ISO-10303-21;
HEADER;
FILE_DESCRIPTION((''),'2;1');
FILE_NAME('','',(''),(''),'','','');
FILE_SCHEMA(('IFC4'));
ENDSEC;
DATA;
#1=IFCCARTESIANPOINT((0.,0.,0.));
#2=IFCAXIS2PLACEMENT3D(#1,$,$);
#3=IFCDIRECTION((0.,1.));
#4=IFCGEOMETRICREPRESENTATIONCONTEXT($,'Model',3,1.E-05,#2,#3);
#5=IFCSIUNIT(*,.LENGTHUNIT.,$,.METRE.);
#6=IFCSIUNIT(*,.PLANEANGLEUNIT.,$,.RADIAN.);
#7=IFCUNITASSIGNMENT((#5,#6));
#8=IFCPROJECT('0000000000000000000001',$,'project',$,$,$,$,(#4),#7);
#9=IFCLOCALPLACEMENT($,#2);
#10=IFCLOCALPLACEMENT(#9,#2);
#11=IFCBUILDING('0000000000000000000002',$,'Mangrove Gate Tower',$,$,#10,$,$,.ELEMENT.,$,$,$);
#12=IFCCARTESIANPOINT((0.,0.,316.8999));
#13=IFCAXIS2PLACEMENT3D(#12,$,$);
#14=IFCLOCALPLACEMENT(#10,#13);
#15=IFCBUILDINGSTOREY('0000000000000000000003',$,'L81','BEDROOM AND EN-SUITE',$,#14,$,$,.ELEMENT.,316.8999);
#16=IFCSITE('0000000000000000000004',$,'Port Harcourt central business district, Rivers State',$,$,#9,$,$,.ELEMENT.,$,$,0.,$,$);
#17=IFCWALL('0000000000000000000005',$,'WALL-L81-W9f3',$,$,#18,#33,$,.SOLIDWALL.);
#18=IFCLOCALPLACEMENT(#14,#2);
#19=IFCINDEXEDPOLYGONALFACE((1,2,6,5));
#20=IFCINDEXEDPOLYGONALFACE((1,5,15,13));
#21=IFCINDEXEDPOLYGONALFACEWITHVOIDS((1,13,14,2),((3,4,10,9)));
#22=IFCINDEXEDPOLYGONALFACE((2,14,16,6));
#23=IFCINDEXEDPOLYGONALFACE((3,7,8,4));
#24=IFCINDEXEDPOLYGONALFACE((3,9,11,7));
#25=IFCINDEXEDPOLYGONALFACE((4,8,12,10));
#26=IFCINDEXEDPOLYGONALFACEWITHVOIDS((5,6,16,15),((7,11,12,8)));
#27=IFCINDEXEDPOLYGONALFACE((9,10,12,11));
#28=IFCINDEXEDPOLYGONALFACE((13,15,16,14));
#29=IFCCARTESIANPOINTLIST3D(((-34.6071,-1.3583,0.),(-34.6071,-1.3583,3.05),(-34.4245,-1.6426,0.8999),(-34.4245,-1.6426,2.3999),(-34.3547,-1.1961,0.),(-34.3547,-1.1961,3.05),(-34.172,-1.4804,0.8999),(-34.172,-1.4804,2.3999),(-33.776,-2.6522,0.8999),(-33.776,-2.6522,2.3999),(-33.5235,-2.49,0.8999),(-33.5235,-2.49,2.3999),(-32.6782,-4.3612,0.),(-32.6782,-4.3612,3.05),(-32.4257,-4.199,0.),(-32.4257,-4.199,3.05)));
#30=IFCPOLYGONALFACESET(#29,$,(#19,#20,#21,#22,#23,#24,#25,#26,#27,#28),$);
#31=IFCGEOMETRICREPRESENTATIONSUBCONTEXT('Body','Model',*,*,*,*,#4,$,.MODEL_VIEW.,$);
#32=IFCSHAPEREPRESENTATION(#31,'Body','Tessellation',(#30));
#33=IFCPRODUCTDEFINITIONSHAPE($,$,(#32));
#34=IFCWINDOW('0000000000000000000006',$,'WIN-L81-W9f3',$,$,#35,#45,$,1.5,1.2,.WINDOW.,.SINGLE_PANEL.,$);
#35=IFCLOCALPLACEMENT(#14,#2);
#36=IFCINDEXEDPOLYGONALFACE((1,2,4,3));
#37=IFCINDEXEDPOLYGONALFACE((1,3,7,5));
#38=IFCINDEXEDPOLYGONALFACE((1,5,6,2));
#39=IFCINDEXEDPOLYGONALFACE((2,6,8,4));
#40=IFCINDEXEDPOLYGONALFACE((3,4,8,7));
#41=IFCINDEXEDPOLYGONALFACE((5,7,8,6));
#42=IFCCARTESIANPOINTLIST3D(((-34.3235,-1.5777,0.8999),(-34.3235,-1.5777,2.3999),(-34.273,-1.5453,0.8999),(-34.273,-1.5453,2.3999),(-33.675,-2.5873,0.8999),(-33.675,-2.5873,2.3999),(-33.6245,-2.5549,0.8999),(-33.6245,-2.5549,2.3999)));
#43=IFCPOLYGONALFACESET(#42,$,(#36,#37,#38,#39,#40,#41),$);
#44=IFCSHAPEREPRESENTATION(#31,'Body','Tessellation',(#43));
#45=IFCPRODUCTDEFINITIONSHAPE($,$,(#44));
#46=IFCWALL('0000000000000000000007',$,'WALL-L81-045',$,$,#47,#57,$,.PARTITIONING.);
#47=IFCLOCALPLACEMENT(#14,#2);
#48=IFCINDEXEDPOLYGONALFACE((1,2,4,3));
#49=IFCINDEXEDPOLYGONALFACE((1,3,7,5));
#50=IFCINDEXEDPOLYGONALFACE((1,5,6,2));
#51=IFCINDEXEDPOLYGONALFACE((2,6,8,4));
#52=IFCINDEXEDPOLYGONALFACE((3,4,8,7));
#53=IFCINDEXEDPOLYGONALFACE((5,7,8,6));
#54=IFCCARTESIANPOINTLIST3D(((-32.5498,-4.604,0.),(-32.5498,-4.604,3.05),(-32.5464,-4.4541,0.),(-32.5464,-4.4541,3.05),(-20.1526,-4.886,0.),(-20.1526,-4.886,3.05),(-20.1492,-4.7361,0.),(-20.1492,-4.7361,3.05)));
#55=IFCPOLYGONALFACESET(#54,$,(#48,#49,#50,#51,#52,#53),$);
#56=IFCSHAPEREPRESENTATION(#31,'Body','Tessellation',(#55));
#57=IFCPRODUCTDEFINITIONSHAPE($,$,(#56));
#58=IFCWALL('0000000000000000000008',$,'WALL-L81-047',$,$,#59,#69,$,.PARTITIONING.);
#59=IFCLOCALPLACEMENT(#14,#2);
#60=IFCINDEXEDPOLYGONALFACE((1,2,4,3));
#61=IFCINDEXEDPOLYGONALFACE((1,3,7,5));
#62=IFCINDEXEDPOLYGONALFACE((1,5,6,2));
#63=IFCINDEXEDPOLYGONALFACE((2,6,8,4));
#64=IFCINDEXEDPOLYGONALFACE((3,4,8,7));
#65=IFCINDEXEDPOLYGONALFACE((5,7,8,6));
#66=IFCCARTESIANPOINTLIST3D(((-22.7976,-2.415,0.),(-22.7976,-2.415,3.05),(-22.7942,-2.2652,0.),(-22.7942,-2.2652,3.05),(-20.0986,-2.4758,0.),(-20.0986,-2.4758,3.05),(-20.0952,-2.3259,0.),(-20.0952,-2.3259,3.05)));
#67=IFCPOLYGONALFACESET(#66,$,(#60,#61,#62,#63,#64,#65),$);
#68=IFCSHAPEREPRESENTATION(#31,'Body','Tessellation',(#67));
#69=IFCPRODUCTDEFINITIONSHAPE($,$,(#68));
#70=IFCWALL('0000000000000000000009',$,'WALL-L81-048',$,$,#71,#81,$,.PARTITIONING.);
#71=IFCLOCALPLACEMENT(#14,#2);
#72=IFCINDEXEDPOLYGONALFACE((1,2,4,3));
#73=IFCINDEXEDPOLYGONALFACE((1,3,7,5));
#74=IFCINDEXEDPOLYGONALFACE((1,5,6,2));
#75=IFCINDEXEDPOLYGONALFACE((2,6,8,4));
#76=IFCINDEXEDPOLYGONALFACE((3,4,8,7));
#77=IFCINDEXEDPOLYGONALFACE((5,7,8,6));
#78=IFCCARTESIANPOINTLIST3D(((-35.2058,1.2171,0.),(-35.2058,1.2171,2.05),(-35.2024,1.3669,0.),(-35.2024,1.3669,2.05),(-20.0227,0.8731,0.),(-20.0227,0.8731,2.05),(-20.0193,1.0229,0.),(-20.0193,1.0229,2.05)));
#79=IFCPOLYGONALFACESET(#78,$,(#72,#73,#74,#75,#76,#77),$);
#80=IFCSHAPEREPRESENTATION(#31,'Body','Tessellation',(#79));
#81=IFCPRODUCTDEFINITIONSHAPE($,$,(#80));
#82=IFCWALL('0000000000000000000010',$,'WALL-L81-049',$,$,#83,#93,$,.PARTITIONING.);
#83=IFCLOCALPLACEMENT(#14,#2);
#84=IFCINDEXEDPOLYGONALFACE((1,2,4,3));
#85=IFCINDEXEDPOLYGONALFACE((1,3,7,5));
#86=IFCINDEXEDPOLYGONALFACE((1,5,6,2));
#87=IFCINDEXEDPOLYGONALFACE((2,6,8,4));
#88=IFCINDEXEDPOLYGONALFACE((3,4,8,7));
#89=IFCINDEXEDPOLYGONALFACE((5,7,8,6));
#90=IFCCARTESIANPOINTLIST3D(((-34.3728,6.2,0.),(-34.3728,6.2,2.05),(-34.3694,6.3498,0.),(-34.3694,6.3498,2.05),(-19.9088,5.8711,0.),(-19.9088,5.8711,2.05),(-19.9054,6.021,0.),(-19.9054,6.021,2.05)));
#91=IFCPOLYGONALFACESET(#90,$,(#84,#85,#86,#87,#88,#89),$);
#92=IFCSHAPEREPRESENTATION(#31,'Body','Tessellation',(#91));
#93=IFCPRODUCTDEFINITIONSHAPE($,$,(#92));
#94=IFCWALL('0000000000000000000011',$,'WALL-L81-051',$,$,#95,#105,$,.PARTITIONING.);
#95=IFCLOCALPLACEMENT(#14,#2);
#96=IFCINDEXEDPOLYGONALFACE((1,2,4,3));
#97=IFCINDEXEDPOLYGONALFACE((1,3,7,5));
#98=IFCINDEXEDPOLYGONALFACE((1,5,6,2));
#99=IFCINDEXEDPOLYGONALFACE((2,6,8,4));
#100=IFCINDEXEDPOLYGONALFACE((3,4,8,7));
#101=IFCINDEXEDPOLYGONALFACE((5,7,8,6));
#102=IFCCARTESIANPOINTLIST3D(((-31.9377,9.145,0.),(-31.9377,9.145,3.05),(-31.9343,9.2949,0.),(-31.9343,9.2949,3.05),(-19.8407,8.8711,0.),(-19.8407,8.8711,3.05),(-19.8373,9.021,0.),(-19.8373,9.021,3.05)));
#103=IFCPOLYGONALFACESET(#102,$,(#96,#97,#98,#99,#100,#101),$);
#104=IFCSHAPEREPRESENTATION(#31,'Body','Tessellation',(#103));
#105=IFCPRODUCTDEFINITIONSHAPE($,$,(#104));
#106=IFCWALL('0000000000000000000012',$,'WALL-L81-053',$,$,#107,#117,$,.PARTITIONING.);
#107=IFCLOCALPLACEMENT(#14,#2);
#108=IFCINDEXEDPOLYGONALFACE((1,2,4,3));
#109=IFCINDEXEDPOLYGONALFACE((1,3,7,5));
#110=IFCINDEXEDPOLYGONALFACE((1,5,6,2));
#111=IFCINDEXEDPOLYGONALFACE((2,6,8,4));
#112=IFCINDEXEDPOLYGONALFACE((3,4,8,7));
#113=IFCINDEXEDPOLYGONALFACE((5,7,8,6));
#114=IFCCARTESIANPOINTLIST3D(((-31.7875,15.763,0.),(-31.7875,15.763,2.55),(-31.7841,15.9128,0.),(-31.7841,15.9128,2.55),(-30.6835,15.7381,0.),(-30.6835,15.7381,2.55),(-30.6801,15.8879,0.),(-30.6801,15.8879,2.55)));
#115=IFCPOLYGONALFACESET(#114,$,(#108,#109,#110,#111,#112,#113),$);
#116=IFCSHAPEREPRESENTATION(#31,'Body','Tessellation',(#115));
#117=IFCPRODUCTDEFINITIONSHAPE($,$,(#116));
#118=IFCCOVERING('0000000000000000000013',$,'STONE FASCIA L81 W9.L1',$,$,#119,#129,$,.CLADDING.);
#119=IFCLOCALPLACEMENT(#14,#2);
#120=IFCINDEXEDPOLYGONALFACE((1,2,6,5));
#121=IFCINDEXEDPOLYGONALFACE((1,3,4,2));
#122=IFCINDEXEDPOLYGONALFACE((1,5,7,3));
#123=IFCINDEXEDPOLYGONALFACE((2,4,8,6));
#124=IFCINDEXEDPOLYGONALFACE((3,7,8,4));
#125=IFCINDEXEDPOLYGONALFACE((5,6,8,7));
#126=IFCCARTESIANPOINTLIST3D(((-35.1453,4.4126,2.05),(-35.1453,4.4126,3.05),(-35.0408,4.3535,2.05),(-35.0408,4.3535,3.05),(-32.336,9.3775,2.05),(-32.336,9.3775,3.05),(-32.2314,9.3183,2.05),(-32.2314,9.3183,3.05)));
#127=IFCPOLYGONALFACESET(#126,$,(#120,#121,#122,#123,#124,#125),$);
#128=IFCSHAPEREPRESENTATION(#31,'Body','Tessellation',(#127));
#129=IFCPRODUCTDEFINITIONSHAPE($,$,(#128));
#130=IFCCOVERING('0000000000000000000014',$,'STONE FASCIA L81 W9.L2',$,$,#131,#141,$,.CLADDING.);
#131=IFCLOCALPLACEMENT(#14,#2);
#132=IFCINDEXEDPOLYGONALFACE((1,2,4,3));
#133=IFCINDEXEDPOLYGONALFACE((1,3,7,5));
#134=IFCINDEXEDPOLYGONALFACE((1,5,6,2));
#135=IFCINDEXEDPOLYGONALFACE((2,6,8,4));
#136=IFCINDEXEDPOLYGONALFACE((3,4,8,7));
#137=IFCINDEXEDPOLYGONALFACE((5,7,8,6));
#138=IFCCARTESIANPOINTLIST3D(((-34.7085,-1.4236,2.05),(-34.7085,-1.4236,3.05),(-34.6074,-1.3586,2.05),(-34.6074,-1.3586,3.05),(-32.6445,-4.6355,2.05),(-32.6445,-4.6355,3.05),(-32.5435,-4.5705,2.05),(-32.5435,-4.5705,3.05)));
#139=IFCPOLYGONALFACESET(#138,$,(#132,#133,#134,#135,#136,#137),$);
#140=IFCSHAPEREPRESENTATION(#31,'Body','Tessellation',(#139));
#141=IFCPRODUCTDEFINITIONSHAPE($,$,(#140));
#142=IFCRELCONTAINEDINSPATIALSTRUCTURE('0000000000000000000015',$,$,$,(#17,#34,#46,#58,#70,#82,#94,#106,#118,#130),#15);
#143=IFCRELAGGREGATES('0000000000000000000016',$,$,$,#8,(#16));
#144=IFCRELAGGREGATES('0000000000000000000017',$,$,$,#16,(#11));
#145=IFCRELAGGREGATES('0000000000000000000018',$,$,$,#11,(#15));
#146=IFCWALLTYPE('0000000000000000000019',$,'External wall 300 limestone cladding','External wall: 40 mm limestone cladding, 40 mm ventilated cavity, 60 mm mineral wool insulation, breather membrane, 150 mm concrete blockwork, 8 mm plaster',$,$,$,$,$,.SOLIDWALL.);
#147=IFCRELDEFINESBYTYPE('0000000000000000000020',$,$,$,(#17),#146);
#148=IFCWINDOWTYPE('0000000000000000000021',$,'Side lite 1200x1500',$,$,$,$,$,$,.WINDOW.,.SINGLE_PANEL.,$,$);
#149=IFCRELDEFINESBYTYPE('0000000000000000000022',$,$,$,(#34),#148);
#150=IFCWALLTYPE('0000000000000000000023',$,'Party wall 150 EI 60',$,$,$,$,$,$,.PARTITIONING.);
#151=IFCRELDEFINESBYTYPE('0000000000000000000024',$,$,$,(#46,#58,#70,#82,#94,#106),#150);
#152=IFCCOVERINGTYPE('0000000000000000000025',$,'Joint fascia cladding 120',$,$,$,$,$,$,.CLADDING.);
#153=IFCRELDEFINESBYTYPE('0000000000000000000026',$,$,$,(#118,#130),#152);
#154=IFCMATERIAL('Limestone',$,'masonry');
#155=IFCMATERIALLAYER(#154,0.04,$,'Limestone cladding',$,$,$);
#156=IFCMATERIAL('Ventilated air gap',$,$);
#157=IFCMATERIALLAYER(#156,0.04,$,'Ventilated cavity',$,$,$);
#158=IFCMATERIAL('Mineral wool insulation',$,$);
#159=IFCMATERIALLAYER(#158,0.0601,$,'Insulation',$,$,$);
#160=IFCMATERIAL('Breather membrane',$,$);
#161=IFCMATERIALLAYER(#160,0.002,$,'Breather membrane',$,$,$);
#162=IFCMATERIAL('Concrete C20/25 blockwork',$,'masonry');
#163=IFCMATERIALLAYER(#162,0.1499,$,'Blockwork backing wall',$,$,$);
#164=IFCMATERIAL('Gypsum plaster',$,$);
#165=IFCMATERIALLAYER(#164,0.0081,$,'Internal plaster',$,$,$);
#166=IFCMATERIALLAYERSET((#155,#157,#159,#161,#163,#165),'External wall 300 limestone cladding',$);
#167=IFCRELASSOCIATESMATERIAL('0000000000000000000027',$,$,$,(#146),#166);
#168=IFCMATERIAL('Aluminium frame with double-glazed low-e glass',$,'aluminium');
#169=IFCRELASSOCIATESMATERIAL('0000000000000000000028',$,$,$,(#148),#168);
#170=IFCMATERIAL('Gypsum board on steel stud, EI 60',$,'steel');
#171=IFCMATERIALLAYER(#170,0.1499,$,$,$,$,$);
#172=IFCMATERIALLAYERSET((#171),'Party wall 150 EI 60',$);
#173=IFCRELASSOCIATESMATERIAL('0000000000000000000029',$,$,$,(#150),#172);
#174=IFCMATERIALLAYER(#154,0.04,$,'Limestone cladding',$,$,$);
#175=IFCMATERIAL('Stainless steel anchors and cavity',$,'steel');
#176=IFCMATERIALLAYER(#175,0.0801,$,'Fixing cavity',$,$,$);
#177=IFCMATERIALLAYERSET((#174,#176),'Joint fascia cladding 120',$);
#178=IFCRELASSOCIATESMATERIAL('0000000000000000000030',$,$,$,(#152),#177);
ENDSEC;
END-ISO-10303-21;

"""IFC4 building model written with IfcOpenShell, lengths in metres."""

from ifc_helpers import new_model, si_unit, direction, frame, frame_2d, origin, place, context, subcontext, project, spatial, rectangle, extrude, material, layer, layer_set, type_object, element, fill, save


model = new_model("IFC4")

# Units and contexts
model_context = context("Model", 3, precision=1e-05, world=origin(), true_north=direction((0.0, 1.0)))
body_context = subcontext(model_context, "Body", "Model", "MODEL_VIEW")
ifc_project = project(units=[si_unit("LENGTHUNIT", "METRE"), si_unit("PLANEANGLEUNIT", "RADIAN")], contexts=[model_context])

# Site, building, storey
site_placement = place(None, origin())
site = spatial("IfcSite", under=ifc_project, at=site_placement, Name="Port Harcourt central business district, Rivers State", CompositionType="ELEMENT", RefElevation=0.0)
building_placement = place(site_placement, origin())
building = spatial("IfcBuilding", under=site, at=building_placement, Name="Mangrove Gate Tower", CompositionType="ELEMENT")
storey_placement = place(building_placement, frame((0.0, 0.0, 316.8999)))
storey = spatial("IfcBuildingStorey", under=building, at=storey_placement, Name="L81", Description="BEDROOM AND EN-SUITE", CompositionType="ELEMENT", Elevation=316.8999)

# Wall, opening, window
ifc_material_1 = material(Name="Limestone", Category="masonry")
ifc_layer_1 = layer(ifc_material_1, 0.04, Name="Limestone cladding")
ifc_material_2 = material(Name="Ventilated air gap")
ifc_layer_2 = layer(ifc_material_2, 0.04, Name="Ventilated cavity")
ifc_material_3 = material(Name="Mineral wool insulation")
ifc_layer_3 = layer(ifc_material_3, 0.0601, Name="Insulation")
ifc_material_4 = material(Name="Breather membrane")
ifc_layer_4 = layer(ifc_material_4, 0.002, Name="Breather membrane")
ifc_material_5 = material(Name="Concrete C20/25 blockwork", Category="masonry")
ifc_layer_5 = layer(ifc_material_5, 0.1499, Name="Blockwork backing wall")
ifc_material_6 = material(Name="Gypsum plaster")
ifc_layer_6 = layer(ifc_material_6, 0.0081, Name="Internal plaster")
ifc_layer_set_1 = layer_set([ifc_layer_1, ifc_layer_2, ifc_layer_3, ifc_layer_4, ifc_layer_5, ifc_layer_6], Name="External wall 300 limestone cladding")
wall_type_1 = type_object("IfcWallType", Name="External wall 300 limestone cladding", Description="External wall: 40 mm limestone cladding, 40 mm ventilated cavity, 60 mm mineral wool insulation, breather membrane, 150 mm concrete blockwork, 8 mm plaster", PredefinedType="SOLIDWALL", material=ifc_layer_set_1)
ifc_material_7 = material(Name="Aluminium frame with double-glazed low-e glass", Category="aluminium")
window_type_1 = type_object("IfcWindowType", Name="Side lite 1200x1500", PartitioningType="SINGLE_PANEL", PredefinedType="WINDOW", material=ifc_material_7)
wall_1_placement = place(storey_placement, frame((-34.481, -1.2771, 0.0), z_axis=(0.0, 0.0, 1.0), x_axis=(0.54046, -0.84137, 0.0)))
wall_1 = element("IfcWall", 1, at=wall_1_placement, inside=storey, type_object=wall_type_1, Name="WALL-L81-W9f3", PredefinedType="SOLIDWALL", context=body_context, shape_type="SweptSolid", body=[
    extrude(rectangle(XDim=3.5691, YDim=0.3, at=frame_2d((1.7847, 0.0))), origin(), (0.0, 0.0, 1.0), 3.05),
])
opening_1_placement = place(wall_1_placement, frame((0.3379, 0.0, 0.8999)))
opening_1 = element("IfcOpeningElement", 2, at=opening_1_placement, cuts=wall_1, PredefinedType="OPENING", context=body_context, shape_type="SweptSolid", body=[
    extrude(rectangle(XDim=1.2, YDim=1.5, at=frame_2d((0.6001, 0.75))), frame((0.0, 0.1599, 0.0), z_axis=(0.0, -1.0, 0.0), x_axis=(1.0, 0.0, 0.0)), (0.0, 0.0, 1.0), 0.3201),
])
window_1_placement = place(opening_1_placement, origin())
window_1 = element("IfcWindow", 3, at=window_1_placement, inside=storey, type_object=window_type_1, Name="WIN-L81-W9f3", OverallHeight=1.5, OverallWidth=1.2, PartitioningType="SINGLE_PANEL", PredefinedType="WINDOW", context=body_context, shape_type="SweptSolid", body=[
    extrude(rectangle(XDim=1.2, YDim=1.5, at=frame_2d((0.6001, 0.75))), frame((0.0, 0.03, 0.0), z_axis=(0.0, -1.0, 0.0), x_axis=(1.0, 0.0, 0.0)), (0.0, 0.0, 1.0), 0.0601),
])
fill(opening_1, window_1)

# Walls
ifc_material_8 = material(Name="Gypsum board on steel stud, EI 60", Category="steel")
ifc_layer_7 = layer(ifc_material_8, 0.1499)
ifc_layer_set_2 = layer_set([ifc_layer_7], Name="Party wall 150 EI 60")
wall_type_2 = type_object("IfcWallType", Name="Party wall 150 EI 60", PredefinedType="PARTITIONING", material=ifc_layer_set_2)
wall_2_placement = place(storey_placement, frame((-32.5481, -4.5291, 0.0), z_axis=(0.0, 0.0, 1.0), x_axis=(0.999741, -0.02274, 0.0)))
element("IfcWall", 4, at=wall_2_placement, inside=storey, type_object=wall_type_2, Name="WALL-L81-045", PredefinedType="PARTITIONING", context=body_context, shape_type="SweptSolid", body=[
    extrude(rectangle(XDim=12.4004, YDim=0.1499, at=frame_2d((6.2002, 0.0))), origin(), (0.0, 0.0, 1.0), 3.05),
])
wall_3_placement = place(storey_placement, frame((-22.7959, -2.3401, 0.0), z_axis=(0.0, 0.0, 1.0), x_axis=(0.999746, -0.022518, 0.0)))
element("IfcWall", 5, at=wall_3_placement, inside=storey, type_object=wall_type_2, Name="WALL-L81-047", PredefinedType="PARTITIONING", context=body_context, shape_type="SweptSolid", body=[
    extrude(rectangle(XDim=2.6997, YDim=0.1499, at=frame_2d((1.3499, 0.0))), origin(), (0.0, 0.0, 1.0), 3.05),
])
wall_4_placement = place(storey_placement, frame((-35.2041, 1.292, 0.0), z_axis=(0.0, 0.0, 1.0), x_axis=(0.999743, -0.022651, 0.0)))
element("IfcWall", 6, at=wall_4_placement, inside=storey, type_object=wall_type_2, Name="WALL-L81-048", PredefinedType="PARTITIONING", context=body_context, shape_type="SweptSolid", body=[
    extrude(rectangle(XDim=15.187, YDim=0.1499, at=frame_2d((7.5935, 0.0))), origin(), (0.0, 0.0, 1.0), 2.05),
])
wall_5_placement = place(storey_placement, frame((-34.3711, 6.2749, 0.0), z_axis=(0.0, 0.0, 1.0), x_axis=(0.999742, -0.02273, 0.0)))
element("IfcWall", 7, at=wall_5_placement, inside=storey, type_object=wall_type_2, Name="WALL-L81-049", PredefinedType="PARTITIONING", context=body_context, shape_type="SweptSolid", body=[
    extrude(rectangle(XDim=14.4678, YDim=0.1499, at=frame_2d((7.2339, 0.0))), origin(), (0.0, 0.0, 1.0), 2.05),
])
wall_6_placement = place(storey_placement, frame((-31.936, 9.22, 0.0), z_axis=(0.0, 0.0, 1.0), x_axis=(0.999744, -0.022638, 0.0)))
element("IfcWall", 8, at=wall_6_placement, inside=storey, type_object=wall_type_2, Name="WALL-L81-051", PredefinedType="PARTITIONING", context=body_context, shape_type="SweptSolid", body=[
    extrude(rectangle(XDim=12.1001, YDim=0.1499, at=frame_2d((6.05, 0.0))), origin(), (0.0, 0.0, 1.0), 3.05),
])
wall_7_placement = place(storey_placement, frame((-31.7859, 15.8379, 0.0), z_axis=(0.0, 0.0, 1.0), x_axis=(0.999746, -0.022551, 0.0)))
element("IfcWall", 9, at=wall_7_placement, inside=storey, type_object=wall_type_2, Name="WALL-L81-053", PredefinedType="PARTITIONING", context=body_context, shape_type="SweptSolid", body=[
    extrude(rectangle(XDim=1.1042, YDim=0.1499, at=frame_2d((0.5522, 0.0))), origin(), (0.0, 0.0, 1.0), 2.55),
])

# Coverings
ifc_layer_8 = layer(ifc_material_1, 0.04, Name="Limestone cladding")
ifc_material_9 = material(Name="Stainless steel anchors and cavity", Category="steel")
ifc_layer_9 = layer(ifc_material_9, 0.0801, Name="Fixing cavity")
ifc_layer_set_3 = layer_set([ifc_layer_8, ifc_layer_9], Name="Joint fascia cladding 120")
covering_type = type_object("IfcCoveringType", Name="Joint fascia cladding 120", PredefinedType="CLADDING", material=ifc_layer_set_3)
covering_1_placement = place(storey_placement, frame((-32.2837, 9.3479, 2.05), z_axis=(0.0, 0.0, 1.0), x_axis=(-0.49247, -0.870329, 0.0)))
element("IfcCovering", 10, at=covering_1_placement, inside=storey, type_object=covering_type, Name="STONE FASCIA L81 W9.L1", PredefinedType="CLADDING", context=body_context, shape_type="SweptSolid", body=[
    extrude(rectangle(XDim=5.7046, YDim=0.1201, at=frame_2d((2.8523, 0.0))), origin(), (0.0, 0.0, 1.0), 1.0),
])
covering_2_placement = place(storey_placement, frame((-34.658, -1.3911, 2.05), z_axis=(0.0, 0.0, 1.0), x_axis=(0.540602, -0.841278, 0.0)))
element("IfcCovering", 11, at=covering_2_placement, inside=storey, type_object=covering_type, Name="STONE FASCIA L81 W9.L2", PredefinedType="CLADDING", context=body_context, shape_type="SweptSolid", body=[
    extrude(rectangle(XDim=3.8179, YDim=0.1201, at=frame_2d((1.9089, 0.0))), origin(), (0.0, 0.0, 1.0), 1.0),
])

save(model, "model.ifc")
